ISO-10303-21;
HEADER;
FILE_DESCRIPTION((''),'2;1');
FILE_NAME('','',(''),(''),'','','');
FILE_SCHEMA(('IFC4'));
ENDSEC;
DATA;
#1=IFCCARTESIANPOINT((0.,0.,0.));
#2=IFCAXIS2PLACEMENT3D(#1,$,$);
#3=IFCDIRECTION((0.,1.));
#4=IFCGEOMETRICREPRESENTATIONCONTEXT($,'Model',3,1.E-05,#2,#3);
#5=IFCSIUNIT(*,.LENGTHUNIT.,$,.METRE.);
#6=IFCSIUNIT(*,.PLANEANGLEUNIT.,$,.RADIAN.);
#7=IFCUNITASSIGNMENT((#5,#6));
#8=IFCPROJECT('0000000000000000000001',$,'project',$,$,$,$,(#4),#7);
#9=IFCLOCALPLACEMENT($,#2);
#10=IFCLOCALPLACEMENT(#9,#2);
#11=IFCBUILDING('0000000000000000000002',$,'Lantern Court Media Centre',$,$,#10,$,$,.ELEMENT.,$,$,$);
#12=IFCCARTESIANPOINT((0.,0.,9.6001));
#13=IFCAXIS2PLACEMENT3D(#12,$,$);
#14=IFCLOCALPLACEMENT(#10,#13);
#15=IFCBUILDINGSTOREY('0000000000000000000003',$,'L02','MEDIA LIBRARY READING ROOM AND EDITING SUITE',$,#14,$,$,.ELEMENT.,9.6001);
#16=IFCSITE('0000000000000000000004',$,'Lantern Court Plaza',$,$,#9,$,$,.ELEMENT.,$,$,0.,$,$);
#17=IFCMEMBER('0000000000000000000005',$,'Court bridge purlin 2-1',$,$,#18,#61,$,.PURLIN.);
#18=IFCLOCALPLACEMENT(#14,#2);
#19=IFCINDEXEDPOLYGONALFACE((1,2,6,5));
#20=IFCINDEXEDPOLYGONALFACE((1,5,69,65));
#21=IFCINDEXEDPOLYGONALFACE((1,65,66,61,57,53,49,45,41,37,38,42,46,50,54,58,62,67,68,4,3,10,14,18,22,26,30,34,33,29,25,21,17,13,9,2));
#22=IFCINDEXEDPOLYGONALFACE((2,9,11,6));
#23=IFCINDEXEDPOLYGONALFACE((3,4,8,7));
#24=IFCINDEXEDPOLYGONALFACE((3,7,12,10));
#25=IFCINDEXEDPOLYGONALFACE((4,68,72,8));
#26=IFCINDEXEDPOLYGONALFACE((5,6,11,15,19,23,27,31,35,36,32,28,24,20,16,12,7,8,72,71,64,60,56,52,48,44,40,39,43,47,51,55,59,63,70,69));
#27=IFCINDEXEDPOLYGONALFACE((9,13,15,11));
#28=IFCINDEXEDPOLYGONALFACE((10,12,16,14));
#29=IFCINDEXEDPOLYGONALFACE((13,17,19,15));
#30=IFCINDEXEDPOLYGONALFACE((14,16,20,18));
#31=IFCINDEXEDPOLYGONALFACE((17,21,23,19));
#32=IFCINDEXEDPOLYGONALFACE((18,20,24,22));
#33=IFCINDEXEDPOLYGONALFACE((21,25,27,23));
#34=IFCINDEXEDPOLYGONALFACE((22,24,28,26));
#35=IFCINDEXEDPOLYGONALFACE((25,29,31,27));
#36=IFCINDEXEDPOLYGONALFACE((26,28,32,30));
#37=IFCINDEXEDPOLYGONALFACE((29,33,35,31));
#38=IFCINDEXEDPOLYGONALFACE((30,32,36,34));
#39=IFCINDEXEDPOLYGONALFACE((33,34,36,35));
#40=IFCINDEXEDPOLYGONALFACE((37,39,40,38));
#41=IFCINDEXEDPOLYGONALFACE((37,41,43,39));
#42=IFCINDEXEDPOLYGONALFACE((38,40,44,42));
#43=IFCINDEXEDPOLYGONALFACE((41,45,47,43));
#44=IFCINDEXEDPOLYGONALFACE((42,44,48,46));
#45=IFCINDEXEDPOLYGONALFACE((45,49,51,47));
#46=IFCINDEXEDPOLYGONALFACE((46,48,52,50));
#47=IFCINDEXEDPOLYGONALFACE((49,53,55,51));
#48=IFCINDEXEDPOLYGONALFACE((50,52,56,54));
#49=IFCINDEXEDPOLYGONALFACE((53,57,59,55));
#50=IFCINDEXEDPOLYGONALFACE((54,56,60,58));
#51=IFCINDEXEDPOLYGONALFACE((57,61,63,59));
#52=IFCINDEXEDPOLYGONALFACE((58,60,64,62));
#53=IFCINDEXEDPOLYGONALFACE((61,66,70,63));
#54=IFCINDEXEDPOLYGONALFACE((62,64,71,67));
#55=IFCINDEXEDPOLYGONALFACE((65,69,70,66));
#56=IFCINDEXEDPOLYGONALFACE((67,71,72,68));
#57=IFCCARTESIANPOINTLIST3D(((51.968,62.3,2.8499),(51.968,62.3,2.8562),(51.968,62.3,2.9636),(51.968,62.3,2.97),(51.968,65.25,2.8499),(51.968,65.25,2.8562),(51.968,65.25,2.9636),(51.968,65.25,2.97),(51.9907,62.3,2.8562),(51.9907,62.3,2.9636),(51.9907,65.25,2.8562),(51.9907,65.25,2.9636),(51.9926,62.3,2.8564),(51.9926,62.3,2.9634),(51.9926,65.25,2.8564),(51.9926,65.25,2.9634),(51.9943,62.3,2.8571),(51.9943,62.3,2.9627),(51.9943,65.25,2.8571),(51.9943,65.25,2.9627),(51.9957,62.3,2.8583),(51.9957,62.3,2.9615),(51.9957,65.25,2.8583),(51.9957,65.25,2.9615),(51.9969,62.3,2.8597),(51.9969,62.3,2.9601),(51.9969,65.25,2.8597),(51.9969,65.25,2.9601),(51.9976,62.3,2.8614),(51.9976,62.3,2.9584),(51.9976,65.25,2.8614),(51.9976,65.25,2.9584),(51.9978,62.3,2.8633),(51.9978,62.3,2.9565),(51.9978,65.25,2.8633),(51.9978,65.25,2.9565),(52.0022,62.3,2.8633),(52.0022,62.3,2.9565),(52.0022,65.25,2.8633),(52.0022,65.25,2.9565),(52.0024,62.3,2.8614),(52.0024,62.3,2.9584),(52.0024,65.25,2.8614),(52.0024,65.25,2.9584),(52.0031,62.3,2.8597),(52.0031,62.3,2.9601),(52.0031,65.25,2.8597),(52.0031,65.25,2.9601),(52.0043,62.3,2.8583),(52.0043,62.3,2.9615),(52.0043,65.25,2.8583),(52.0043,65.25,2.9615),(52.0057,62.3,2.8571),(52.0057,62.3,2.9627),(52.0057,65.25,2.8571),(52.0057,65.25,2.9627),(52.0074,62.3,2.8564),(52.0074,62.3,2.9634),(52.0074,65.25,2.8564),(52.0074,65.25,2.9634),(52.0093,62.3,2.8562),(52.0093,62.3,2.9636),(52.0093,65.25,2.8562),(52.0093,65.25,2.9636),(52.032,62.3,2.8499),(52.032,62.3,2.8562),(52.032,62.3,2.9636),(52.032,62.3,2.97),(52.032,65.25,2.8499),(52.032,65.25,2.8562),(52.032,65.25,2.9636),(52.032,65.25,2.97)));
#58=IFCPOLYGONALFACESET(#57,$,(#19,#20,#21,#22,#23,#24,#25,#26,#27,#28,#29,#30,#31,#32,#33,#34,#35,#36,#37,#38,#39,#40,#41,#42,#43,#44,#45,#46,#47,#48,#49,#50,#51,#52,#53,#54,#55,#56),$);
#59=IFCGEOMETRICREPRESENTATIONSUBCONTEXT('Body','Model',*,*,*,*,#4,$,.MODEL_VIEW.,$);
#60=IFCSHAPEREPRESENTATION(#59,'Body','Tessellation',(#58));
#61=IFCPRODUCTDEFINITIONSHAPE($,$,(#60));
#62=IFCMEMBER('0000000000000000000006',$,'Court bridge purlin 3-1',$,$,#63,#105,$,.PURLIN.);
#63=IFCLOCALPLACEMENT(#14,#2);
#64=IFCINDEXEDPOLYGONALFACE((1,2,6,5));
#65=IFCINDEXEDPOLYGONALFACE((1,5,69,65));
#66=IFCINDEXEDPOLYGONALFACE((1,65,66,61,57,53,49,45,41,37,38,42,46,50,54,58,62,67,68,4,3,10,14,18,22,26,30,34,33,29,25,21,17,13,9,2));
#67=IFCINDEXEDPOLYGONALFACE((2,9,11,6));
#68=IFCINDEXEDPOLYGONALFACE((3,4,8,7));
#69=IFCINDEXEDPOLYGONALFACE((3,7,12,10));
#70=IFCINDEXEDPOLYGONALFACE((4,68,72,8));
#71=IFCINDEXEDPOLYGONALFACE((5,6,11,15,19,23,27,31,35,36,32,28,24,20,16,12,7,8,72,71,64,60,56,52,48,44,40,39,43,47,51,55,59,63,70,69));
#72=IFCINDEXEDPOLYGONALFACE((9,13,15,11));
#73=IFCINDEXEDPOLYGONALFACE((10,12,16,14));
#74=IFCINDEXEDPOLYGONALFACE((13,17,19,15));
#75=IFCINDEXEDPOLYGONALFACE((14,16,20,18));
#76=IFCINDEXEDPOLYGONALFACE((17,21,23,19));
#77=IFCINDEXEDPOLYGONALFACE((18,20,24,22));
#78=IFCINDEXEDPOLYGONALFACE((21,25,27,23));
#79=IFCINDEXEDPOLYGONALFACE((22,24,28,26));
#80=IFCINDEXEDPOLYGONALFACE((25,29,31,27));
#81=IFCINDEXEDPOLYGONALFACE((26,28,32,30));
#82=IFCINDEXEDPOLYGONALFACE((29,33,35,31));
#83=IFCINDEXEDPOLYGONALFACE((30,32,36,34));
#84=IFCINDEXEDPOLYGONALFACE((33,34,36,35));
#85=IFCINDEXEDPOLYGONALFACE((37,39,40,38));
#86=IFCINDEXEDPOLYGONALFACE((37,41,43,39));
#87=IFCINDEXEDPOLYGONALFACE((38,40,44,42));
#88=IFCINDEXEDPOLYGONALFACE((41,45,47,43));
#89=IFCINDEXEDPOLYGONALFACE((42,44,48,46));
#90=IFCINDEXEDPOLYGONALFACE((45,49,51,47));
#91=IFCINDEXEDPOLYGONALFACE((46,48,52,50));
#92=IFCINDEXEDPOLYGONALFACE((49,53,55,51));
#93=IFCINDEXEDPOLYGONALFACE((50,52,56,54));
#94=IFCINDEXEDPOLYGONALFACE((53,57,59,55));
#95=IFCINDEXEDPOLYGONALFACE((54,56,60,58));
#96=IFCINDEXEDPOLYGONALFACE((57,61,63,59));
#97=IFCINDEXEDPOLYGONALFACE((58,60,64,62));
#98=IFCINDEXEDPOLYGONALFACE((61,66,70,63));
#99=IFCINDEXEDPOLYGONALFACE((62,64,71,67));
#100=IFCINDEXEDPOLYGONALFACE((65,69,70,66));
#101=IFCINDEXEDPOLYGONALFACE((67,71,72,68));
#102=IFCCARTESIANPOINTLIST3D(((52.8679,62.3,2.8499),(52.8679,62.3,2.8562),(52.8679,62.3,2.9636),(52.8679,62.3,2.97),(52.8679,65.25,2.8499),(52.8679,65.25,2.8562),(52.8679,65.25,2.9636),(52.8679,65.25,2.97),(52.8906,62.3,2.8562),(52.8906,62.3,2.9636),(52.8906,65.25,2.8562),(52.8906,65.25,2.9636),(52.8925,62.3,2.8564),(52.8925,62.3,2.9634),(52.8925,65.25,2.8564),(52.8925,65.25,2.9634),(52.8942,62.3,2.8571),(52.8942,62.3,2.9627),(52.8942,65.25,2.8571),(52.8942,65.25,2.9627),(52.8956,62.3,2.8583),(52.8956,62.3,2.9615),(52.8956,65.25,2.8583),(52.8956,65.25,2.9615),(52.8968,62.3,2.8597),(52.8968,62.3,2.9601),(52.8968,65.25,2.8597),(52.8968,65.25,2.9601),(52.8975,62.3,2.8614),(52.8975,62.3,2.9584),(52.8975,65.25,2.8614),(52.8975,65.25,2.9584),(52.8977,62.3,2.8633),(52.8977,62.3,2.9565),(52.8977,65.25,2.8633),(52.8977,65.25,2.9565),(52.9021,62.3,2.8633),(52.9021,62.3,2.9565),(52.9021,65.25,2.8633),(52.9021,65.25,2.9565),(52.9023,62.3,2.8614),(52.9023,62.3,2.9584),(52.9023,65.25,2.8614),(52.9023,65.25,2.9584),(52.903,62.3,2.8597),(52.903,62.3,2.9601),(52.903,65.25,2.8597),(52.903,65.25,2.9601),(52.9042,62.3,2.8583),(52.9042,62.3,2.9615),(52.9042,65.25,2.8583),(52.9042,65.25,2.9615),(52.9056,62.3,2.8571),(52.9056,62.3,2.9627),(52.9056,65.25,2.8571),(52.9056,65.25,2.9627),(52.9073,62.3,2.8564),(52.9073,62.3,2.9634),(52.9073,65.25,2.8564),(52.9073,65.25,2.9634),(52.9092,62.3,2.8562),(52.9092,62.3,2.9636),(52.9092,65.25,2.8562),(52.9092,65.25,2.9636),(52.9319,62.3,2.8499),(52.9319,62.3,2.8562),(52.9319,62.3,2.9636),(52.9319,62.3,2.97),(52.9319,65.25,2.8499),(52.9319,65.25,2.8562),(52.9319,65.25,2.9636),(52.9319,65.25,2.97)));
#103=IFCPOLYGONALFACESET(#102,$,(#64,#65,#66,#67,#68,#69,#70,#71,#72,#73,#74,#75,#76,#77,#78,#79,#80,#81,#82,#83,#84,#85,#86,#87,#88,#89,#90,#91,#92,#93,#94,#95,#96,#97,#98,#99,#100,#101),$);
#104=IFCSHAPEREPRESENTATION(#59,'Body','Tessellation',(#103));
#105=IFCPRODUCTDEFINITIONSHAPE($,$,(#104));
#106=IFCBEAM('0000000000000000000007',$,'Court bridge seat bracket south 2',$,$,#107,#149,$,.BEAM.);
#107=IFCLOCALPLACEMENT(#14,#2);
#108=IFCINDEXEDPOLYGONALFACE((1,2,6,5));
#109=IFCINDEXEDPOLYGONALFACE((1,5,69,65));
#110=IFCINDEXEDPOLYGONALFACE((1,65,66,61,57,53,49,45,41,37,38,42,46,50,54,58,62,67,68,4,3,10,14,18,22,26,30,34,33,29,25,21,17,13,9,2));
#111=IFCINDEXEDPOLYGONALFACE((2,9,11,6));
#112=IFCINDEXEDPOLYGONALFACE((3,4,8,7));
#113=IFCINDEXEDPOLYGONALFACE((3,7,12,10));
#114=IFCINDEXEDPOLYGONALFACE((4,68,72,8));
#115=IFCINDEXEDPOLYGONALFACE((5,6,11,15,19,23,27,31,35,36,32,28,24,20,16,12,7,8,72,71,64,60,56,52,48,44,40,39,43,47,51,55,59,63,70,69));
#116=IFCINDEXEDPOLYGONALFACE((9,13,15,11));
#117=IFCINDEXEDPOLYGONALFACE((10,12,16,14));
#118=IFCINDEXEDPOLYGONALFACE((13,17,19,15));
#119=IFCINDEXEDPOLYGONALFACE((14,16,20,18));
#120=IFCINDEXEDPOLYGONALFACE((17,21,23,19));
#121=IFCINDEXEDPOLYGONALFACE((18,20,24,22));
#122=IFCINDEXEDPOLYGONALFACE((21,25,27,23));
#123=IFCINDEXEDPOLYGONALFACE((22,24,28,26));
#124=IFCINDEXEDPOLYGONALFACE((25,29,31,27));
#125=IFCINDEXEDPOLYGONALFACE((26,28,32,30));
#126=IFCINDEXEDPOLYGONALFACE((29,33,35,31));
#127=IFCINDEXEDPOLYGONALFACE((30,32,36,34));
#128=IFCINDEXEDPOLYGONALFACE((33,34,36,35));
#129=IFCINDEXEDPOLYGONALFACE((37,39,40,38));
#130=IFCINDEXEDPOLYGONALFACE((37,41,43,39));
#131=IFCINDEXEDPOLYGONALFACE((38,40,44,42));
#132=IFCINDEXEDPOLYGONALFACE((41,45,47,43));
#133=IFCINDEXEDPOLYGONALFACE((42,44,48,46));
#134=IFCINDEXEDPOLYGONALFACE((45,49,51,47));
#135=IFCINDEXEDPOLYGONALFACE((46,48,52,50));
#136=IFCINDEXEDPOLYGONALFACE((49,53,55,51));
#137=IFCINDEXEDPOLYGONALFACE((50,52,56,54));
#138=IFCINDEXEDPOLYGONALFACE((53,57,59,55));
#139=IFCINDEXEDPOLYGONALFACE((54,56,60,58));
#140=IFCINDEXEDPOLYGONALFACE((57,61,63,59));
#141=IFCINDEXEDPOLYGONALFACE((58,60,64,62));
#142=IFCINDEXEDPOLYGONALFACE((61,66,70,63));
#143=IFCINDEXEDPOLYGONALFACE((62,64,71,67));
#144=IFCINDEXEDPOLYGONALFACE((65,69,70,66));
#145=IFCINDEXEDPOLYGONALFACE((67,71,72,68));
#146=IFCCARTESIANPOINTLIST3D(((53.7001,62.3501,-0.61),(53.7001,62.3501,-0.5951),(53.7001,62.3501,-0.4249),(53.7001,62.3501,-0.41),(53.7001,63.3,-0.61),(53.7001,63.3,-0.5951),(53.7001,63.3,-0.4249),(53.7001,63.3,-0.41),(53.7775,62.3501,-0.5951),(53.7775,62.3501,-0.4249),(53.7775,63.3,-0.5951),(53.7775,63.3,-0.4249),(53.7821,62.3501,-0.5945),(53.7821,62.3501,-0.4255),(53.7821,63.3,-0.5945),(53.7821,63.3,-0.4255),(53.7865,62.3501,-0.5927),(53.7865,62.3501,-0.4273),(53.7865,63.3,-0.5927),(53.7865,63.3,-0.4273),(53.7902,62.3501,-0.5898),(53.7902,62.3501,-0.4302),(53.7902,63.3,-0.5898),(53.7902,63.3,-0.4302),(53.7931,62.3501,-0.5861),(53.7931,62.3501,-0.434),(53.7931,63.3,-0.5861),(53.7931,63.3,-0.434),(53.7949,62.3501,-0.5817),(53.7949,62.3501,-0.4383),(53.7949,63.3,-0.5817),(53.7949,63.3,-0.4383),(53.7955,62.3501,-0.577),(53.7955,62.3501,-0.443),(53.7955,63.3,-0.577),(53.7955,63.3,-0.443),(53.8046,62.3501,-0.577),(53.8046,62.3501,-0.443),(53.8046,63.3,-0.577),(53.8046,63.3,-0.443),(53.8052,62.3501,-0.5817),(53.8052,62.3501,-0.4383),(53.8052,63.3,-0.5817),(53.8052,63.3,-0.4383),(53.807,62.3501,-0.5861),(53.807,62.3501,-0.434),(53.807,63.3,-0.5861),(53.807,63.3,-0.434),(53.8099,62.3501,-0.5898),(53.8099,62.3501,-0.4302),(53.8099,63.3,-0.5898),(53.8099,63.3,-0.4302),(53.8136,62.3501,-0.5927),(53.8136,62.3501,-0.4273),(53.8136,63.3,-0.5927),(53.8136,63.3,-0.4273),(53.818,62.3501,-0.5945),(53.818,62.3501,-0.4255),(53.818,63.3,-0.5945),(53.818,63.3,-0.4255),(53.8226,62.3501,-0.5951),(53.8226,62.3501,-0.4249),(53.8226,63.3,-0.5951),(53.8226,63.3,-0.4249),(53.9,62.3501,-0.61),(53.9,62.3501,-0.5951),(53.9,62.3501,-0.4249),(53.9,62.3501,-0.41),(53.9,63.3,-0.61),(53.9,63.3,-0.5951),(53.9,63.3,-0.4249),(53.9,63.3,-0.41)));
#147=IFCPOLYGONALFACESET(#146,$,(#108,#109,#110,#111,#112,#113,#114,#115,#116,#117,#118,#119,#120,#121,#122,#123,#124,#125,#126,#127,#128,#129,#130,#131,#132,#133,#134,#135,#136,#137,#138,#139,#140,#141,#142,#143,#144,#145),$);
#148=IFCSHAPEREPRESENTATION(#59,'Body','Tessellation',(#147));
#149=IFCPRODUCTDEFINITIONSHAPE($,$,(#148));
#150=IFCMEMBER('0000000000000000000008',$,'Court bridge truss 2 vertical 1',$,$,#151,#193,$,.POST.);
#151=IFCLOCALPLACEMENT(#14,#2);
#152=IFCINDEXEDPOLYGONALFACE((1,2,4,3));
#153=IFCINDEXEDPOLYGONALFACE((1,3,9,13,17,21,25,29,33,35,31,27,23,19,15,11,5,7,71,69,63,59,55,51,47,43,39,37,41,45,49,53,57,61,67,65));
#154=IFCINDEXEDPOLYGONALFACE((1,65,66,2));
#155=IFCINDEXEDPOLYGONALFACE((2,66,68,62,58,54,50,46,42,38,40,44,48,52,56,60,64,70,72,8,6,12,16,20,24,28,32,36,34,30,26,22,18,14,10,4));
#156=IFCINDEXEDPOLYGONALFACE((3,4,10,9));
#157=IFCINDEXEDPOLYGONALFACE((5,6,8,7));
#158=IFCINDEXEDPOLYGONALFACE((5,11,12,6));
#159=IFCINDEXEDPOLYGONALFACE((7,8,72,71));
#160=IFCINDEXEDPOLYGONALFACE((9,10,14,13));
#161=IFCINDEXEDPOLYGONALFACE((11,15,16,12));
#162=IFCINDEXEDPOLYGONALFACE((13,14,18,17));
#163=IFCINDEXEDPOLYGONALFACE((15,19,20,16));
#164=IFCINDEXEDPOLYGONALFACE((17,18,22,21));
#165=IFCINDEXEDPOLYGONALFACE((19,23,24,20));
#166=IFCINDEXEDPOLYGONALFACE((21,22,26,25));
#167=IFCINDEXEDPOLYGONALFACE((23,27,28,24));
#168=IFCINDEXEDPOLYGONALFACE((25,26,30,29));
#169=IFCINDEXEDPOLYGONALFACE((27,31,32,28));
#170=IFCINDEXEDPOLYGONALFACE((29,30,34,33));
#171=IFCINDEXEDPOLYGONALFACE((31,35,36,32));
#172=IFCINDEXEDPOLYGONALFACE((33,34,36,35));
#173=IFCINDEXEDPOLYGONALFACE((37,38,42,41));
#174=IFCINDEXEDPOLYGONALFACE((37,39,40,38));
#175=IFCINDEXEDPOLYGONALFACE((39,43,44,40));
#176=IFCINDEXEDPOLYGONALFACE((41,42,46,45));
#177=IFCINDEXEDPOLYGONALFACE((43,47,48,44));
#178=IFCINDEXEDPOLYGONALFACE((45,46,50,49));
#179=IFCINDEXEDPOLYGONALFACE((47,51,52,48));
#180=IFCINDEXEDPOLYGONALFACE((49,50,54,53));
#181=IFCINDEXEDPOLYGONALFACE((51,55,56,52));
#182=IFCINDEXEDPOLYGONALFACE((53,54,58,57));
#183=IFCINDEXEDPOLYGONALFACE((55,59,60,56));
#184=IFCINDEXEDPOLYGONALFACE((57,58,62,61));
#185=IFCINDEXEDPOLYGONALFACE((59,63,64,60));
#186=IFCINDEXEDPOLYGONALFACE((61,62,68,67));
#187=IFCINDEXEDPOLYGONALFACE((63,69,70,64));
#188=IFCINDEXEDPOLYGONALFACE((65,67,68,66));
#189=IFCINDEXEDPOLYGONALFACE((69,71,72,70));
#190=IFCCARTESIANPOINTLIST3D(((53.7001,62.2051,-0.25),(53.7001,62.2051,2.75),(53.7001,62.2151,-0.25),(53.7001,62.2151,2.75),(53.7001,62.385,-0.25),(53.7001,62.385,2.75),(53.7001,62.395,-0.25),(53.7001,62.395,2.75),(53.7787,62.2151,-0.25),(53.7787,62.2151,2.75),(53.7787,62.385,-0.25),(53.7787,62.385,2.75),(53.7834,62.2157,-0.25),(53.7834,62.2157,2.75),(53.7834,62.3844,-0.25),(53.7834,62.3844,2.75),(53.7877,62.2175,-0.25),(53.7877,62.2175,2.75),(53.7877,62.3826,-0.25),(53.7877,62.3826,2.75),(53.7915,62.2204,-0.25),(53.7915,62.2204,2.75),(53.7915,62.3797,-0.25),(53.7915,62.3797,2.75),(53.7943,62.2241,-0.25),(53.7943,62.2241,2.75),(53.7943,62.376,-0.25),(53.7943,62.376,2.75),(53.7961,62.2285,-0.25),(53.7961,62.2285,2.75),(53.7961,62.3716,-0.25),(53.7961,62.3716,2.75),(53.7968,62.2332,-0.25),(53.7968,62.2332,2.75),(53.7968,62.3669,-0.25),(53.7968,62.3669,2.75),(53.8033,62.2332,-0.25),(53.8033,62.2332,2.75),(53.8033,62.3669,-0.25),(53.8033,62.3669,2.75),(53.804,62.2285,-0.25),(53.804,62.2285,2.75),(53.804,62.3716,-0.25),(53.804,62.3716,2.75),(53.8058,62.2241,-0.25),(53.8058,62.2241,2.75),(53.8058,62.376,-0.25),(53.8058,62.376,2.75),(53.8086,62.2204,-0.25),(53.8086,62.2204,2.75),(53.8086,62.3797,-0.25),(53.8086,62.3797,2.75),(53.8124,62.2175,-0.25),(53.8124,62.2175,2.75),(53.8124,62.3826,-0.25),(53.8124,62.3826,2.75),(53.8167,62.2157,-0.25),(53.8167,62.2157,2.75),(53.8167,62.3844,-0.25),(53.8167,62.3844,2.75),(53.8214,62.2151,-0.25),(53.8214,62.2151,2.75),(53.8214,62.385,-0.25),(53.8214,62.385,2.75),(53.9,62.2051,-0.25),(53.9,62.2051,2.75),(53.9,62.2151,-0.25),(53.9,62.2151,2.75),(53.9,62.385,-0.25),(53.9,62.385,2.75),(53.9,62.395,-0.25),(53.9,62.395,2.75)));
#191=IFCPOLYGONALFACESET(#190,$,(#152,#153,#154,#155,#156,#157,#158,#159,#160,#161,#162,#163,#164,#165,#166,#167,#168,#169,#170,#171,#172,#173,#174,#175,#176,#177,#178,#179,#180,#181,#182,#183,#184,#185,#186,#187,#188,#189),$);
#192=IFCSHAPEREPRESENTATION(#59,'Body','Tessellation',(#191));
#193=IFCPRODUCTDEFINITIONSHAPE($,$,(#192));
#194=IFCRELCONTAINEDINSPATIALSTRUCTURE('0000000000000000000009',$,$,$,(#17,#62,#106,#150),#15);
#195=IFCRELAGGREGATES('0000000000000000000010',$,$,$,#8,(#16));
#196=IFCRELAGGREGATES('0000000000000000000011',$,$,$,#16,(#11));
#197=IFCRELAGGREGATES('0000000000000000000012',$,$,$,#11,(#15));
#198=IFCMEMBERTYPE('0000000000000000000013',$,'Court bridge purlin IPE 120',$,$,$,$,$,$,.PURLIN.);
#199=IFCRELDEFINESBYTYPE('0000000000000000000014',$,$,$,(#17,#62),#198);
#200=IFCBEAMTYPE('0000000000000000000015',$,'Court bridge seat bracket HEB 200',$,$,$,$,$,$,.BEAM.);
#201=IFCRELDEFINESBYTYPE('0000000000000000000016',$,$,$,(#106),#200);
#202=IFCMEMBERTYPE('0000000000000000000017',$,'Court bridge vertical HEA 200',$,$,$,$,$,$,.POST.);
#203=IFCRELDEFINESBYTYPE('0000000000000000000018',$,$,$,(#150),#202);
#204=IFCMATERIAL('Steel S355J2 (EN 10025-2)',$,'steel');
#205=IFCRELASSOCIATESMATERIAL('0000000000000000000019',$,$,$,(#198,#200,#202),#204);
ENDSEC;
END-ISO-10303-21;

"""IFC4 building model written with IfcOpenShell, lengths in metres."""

from ifc_helpers import new_model, si_unit, direction, frame, origin, origin_2d, place, context, subcontext, project, spatial, i_section, extrude, material, material_profile, profile_set, type_object, element, save


model = new_model("IFC4")

# Units and contexts
model_context = context("Model", 3, precision=1e-05, world=origin(), true_north=direction((0.0, 1.0)))
body_context = subcontext(model_context, "Body", "Model", "MODEL_VIEW")
ifc_project = project(units=[si_unit("LENGTHUNIT", "METRE"), si_unit("PLANEANGLEUNIT", "RADIAN")], contexts=[model_context])

# Site, building, storey
site_placement = place(None, origin())
site = spatial("IfcSite", under=ifc_project, at=site_placement, Name="Lantern Court Plaza", CompositionType="ELEMENT", RefElevation=0.0)
building_placement = place(site_placement, origin())
building = spatial("IfcBuilding", under=site, at=building_placement, Name="Lantern Court Media Centre", CompositionType="ELEMENT")
storey_placement = place(building_placement, frame((0.0, 0.0, 9.6001)))
storey = spatial("IfcBuildingStorey", under=building, at=storey_placement, Name="L02", Description="MEDIA LIBRARY READING ROOM AND EDITING SUITE", CompositionType="ELEMENT", Elevation=9.6001)

# Shared definitions
ifc_material_1 = material(Name="Steel S355J2 (EN 10025-2)", Category="steel")

# Members
ifc_material_profile_1 = material_profile(ifc_material_1, i_section(OverallWidth=0.064, OverallDepth=0.1201, WebThickness=0.0044, FlangeThickness=0.0063, FilletRadius=0.0071, at=origin_2d()), Name="IPE 120")
ifc_profile_set_1 = profile_set([ifc_material_profile_1], Name="Steel S355J2 (EN 10025-2)")
member_type_1 = type_object("IfcMemberType", Name="Court bridge purlin IPE 120", PredefinedType="PURLIN", material=ifc_profile_set_1)
for number, where, z_axis, x_axis, name in (
    (1, (52.0, 62.3, 2.9099), (0.0, 1.0, 0.0), (-1.0, 0.0, 0.0), "Court bridge purlin 2-1"),
    (2, (52.8999, 62.3, 2.9099), (0.0, 1.0, 0.0), (-1.0, 0.0, 0.0), "Court bridge purlin 3-1"),
):
    element("IfcMember", number, at=place(storey_placement, frame(where, z_axis=z_axis, x_axis=x_axis)), inside=storey, type_object=member_type_1, Name=name, PredefinedType="PURLIN", context=body_context, shape_type="SweptSolid", body=[
        extrude(i_section(OverallWidth=0.064, OverallDepth=0.1201, WebThickness=0.0044, FlangeThickness=0.0063, FilletRadius=0.0071, at=origin_2d()), origin(), (0.0, 0.0, 1.0), 2.95),
    ])

# Beam
ifc_material_profile_2 = material_profile(ifc_material_1, i_section(OverallWidth=0.2, OverallDepth=0.2, WebThickness=0.009, FlangeThickness=0.0149, FilletRadius=0.0181, at=origin_2d()), Name="HEB 200")
ifc_profile_set_2 = profile_set([ifc_material_profile_2], Name="Steel S355J2 (EN 10025-2)")
beam_type_1 = type_object("IfcBeamType", Name="Court bridge seat bracket HEB 200", PredefinedType="BEAM", material=ifc_profile_set_2)
beam_placement = place(storey_placement, frame((53.8, 62.3501, -0.51), z_axis=(0.0, 1.0, 0.0), x_axis=(-1.0, 0.0, 0.0)))
element("IfcBeam", 3, at=beam_placement, inside=storey, type_object=beam_type_1, Name="Court bridge seat bracket south 2", PredefinedType="BEAM", context=body_context, shape_type="SweptSolid", body=[
    extrude(i_section(OverallWidth=0.2, OverallDepth=0.2, WebThickness=0.009, FlangeThickness=0.0149, FilletRadius=0.0181, at=origin_2d()), origin(), (0.0, 0.0, 1.0), 0.95),
])

# Member
ifc_material_profile_3 = material_profile(ifc_material_1, i_section(OverallWidth=0.2, OverallDepth=0.1899, WebThickness=0.0066, FlangeThickness=0.01, FilletRadius=0.0181, at=origin_2d()), Name="HEA 200")
ifc_profile_set_3 = profile_set([ifc_material_profile_3], Name="Steel S355J2 (EN 10025-2)")
member_type_2 = type_object("IfcMemberType", Name="Court bridge vertical HEA 200", PredefinedType="POST", material=ifc_profile_set_3)
member_1_placement = place(storey_placement, frame((53.8, 62.3, -0.25), z_axis=(0.0, 0.0, 1.0), x_axis=(1.0, 0.0, 0.0)))
element("IfcMember", 4, at=member_1_placement, inside=storey, type_object=member_type_2, Name="Court bridge truss 2 vertical 1", PredefinedType="POST", context=body_context, shape_type="SweptSolid", body=[
    extrude(i_section(OverallWidth=0.2, OverallDepth=0.1899, WebThickness=0.0066, FlangeThickness=0.01, FilletRadius=0.0181, at=origin_2d()), origin(), (0.0, 0.0, 1.0), 3.0),
])

save(model, "model.ifc")
